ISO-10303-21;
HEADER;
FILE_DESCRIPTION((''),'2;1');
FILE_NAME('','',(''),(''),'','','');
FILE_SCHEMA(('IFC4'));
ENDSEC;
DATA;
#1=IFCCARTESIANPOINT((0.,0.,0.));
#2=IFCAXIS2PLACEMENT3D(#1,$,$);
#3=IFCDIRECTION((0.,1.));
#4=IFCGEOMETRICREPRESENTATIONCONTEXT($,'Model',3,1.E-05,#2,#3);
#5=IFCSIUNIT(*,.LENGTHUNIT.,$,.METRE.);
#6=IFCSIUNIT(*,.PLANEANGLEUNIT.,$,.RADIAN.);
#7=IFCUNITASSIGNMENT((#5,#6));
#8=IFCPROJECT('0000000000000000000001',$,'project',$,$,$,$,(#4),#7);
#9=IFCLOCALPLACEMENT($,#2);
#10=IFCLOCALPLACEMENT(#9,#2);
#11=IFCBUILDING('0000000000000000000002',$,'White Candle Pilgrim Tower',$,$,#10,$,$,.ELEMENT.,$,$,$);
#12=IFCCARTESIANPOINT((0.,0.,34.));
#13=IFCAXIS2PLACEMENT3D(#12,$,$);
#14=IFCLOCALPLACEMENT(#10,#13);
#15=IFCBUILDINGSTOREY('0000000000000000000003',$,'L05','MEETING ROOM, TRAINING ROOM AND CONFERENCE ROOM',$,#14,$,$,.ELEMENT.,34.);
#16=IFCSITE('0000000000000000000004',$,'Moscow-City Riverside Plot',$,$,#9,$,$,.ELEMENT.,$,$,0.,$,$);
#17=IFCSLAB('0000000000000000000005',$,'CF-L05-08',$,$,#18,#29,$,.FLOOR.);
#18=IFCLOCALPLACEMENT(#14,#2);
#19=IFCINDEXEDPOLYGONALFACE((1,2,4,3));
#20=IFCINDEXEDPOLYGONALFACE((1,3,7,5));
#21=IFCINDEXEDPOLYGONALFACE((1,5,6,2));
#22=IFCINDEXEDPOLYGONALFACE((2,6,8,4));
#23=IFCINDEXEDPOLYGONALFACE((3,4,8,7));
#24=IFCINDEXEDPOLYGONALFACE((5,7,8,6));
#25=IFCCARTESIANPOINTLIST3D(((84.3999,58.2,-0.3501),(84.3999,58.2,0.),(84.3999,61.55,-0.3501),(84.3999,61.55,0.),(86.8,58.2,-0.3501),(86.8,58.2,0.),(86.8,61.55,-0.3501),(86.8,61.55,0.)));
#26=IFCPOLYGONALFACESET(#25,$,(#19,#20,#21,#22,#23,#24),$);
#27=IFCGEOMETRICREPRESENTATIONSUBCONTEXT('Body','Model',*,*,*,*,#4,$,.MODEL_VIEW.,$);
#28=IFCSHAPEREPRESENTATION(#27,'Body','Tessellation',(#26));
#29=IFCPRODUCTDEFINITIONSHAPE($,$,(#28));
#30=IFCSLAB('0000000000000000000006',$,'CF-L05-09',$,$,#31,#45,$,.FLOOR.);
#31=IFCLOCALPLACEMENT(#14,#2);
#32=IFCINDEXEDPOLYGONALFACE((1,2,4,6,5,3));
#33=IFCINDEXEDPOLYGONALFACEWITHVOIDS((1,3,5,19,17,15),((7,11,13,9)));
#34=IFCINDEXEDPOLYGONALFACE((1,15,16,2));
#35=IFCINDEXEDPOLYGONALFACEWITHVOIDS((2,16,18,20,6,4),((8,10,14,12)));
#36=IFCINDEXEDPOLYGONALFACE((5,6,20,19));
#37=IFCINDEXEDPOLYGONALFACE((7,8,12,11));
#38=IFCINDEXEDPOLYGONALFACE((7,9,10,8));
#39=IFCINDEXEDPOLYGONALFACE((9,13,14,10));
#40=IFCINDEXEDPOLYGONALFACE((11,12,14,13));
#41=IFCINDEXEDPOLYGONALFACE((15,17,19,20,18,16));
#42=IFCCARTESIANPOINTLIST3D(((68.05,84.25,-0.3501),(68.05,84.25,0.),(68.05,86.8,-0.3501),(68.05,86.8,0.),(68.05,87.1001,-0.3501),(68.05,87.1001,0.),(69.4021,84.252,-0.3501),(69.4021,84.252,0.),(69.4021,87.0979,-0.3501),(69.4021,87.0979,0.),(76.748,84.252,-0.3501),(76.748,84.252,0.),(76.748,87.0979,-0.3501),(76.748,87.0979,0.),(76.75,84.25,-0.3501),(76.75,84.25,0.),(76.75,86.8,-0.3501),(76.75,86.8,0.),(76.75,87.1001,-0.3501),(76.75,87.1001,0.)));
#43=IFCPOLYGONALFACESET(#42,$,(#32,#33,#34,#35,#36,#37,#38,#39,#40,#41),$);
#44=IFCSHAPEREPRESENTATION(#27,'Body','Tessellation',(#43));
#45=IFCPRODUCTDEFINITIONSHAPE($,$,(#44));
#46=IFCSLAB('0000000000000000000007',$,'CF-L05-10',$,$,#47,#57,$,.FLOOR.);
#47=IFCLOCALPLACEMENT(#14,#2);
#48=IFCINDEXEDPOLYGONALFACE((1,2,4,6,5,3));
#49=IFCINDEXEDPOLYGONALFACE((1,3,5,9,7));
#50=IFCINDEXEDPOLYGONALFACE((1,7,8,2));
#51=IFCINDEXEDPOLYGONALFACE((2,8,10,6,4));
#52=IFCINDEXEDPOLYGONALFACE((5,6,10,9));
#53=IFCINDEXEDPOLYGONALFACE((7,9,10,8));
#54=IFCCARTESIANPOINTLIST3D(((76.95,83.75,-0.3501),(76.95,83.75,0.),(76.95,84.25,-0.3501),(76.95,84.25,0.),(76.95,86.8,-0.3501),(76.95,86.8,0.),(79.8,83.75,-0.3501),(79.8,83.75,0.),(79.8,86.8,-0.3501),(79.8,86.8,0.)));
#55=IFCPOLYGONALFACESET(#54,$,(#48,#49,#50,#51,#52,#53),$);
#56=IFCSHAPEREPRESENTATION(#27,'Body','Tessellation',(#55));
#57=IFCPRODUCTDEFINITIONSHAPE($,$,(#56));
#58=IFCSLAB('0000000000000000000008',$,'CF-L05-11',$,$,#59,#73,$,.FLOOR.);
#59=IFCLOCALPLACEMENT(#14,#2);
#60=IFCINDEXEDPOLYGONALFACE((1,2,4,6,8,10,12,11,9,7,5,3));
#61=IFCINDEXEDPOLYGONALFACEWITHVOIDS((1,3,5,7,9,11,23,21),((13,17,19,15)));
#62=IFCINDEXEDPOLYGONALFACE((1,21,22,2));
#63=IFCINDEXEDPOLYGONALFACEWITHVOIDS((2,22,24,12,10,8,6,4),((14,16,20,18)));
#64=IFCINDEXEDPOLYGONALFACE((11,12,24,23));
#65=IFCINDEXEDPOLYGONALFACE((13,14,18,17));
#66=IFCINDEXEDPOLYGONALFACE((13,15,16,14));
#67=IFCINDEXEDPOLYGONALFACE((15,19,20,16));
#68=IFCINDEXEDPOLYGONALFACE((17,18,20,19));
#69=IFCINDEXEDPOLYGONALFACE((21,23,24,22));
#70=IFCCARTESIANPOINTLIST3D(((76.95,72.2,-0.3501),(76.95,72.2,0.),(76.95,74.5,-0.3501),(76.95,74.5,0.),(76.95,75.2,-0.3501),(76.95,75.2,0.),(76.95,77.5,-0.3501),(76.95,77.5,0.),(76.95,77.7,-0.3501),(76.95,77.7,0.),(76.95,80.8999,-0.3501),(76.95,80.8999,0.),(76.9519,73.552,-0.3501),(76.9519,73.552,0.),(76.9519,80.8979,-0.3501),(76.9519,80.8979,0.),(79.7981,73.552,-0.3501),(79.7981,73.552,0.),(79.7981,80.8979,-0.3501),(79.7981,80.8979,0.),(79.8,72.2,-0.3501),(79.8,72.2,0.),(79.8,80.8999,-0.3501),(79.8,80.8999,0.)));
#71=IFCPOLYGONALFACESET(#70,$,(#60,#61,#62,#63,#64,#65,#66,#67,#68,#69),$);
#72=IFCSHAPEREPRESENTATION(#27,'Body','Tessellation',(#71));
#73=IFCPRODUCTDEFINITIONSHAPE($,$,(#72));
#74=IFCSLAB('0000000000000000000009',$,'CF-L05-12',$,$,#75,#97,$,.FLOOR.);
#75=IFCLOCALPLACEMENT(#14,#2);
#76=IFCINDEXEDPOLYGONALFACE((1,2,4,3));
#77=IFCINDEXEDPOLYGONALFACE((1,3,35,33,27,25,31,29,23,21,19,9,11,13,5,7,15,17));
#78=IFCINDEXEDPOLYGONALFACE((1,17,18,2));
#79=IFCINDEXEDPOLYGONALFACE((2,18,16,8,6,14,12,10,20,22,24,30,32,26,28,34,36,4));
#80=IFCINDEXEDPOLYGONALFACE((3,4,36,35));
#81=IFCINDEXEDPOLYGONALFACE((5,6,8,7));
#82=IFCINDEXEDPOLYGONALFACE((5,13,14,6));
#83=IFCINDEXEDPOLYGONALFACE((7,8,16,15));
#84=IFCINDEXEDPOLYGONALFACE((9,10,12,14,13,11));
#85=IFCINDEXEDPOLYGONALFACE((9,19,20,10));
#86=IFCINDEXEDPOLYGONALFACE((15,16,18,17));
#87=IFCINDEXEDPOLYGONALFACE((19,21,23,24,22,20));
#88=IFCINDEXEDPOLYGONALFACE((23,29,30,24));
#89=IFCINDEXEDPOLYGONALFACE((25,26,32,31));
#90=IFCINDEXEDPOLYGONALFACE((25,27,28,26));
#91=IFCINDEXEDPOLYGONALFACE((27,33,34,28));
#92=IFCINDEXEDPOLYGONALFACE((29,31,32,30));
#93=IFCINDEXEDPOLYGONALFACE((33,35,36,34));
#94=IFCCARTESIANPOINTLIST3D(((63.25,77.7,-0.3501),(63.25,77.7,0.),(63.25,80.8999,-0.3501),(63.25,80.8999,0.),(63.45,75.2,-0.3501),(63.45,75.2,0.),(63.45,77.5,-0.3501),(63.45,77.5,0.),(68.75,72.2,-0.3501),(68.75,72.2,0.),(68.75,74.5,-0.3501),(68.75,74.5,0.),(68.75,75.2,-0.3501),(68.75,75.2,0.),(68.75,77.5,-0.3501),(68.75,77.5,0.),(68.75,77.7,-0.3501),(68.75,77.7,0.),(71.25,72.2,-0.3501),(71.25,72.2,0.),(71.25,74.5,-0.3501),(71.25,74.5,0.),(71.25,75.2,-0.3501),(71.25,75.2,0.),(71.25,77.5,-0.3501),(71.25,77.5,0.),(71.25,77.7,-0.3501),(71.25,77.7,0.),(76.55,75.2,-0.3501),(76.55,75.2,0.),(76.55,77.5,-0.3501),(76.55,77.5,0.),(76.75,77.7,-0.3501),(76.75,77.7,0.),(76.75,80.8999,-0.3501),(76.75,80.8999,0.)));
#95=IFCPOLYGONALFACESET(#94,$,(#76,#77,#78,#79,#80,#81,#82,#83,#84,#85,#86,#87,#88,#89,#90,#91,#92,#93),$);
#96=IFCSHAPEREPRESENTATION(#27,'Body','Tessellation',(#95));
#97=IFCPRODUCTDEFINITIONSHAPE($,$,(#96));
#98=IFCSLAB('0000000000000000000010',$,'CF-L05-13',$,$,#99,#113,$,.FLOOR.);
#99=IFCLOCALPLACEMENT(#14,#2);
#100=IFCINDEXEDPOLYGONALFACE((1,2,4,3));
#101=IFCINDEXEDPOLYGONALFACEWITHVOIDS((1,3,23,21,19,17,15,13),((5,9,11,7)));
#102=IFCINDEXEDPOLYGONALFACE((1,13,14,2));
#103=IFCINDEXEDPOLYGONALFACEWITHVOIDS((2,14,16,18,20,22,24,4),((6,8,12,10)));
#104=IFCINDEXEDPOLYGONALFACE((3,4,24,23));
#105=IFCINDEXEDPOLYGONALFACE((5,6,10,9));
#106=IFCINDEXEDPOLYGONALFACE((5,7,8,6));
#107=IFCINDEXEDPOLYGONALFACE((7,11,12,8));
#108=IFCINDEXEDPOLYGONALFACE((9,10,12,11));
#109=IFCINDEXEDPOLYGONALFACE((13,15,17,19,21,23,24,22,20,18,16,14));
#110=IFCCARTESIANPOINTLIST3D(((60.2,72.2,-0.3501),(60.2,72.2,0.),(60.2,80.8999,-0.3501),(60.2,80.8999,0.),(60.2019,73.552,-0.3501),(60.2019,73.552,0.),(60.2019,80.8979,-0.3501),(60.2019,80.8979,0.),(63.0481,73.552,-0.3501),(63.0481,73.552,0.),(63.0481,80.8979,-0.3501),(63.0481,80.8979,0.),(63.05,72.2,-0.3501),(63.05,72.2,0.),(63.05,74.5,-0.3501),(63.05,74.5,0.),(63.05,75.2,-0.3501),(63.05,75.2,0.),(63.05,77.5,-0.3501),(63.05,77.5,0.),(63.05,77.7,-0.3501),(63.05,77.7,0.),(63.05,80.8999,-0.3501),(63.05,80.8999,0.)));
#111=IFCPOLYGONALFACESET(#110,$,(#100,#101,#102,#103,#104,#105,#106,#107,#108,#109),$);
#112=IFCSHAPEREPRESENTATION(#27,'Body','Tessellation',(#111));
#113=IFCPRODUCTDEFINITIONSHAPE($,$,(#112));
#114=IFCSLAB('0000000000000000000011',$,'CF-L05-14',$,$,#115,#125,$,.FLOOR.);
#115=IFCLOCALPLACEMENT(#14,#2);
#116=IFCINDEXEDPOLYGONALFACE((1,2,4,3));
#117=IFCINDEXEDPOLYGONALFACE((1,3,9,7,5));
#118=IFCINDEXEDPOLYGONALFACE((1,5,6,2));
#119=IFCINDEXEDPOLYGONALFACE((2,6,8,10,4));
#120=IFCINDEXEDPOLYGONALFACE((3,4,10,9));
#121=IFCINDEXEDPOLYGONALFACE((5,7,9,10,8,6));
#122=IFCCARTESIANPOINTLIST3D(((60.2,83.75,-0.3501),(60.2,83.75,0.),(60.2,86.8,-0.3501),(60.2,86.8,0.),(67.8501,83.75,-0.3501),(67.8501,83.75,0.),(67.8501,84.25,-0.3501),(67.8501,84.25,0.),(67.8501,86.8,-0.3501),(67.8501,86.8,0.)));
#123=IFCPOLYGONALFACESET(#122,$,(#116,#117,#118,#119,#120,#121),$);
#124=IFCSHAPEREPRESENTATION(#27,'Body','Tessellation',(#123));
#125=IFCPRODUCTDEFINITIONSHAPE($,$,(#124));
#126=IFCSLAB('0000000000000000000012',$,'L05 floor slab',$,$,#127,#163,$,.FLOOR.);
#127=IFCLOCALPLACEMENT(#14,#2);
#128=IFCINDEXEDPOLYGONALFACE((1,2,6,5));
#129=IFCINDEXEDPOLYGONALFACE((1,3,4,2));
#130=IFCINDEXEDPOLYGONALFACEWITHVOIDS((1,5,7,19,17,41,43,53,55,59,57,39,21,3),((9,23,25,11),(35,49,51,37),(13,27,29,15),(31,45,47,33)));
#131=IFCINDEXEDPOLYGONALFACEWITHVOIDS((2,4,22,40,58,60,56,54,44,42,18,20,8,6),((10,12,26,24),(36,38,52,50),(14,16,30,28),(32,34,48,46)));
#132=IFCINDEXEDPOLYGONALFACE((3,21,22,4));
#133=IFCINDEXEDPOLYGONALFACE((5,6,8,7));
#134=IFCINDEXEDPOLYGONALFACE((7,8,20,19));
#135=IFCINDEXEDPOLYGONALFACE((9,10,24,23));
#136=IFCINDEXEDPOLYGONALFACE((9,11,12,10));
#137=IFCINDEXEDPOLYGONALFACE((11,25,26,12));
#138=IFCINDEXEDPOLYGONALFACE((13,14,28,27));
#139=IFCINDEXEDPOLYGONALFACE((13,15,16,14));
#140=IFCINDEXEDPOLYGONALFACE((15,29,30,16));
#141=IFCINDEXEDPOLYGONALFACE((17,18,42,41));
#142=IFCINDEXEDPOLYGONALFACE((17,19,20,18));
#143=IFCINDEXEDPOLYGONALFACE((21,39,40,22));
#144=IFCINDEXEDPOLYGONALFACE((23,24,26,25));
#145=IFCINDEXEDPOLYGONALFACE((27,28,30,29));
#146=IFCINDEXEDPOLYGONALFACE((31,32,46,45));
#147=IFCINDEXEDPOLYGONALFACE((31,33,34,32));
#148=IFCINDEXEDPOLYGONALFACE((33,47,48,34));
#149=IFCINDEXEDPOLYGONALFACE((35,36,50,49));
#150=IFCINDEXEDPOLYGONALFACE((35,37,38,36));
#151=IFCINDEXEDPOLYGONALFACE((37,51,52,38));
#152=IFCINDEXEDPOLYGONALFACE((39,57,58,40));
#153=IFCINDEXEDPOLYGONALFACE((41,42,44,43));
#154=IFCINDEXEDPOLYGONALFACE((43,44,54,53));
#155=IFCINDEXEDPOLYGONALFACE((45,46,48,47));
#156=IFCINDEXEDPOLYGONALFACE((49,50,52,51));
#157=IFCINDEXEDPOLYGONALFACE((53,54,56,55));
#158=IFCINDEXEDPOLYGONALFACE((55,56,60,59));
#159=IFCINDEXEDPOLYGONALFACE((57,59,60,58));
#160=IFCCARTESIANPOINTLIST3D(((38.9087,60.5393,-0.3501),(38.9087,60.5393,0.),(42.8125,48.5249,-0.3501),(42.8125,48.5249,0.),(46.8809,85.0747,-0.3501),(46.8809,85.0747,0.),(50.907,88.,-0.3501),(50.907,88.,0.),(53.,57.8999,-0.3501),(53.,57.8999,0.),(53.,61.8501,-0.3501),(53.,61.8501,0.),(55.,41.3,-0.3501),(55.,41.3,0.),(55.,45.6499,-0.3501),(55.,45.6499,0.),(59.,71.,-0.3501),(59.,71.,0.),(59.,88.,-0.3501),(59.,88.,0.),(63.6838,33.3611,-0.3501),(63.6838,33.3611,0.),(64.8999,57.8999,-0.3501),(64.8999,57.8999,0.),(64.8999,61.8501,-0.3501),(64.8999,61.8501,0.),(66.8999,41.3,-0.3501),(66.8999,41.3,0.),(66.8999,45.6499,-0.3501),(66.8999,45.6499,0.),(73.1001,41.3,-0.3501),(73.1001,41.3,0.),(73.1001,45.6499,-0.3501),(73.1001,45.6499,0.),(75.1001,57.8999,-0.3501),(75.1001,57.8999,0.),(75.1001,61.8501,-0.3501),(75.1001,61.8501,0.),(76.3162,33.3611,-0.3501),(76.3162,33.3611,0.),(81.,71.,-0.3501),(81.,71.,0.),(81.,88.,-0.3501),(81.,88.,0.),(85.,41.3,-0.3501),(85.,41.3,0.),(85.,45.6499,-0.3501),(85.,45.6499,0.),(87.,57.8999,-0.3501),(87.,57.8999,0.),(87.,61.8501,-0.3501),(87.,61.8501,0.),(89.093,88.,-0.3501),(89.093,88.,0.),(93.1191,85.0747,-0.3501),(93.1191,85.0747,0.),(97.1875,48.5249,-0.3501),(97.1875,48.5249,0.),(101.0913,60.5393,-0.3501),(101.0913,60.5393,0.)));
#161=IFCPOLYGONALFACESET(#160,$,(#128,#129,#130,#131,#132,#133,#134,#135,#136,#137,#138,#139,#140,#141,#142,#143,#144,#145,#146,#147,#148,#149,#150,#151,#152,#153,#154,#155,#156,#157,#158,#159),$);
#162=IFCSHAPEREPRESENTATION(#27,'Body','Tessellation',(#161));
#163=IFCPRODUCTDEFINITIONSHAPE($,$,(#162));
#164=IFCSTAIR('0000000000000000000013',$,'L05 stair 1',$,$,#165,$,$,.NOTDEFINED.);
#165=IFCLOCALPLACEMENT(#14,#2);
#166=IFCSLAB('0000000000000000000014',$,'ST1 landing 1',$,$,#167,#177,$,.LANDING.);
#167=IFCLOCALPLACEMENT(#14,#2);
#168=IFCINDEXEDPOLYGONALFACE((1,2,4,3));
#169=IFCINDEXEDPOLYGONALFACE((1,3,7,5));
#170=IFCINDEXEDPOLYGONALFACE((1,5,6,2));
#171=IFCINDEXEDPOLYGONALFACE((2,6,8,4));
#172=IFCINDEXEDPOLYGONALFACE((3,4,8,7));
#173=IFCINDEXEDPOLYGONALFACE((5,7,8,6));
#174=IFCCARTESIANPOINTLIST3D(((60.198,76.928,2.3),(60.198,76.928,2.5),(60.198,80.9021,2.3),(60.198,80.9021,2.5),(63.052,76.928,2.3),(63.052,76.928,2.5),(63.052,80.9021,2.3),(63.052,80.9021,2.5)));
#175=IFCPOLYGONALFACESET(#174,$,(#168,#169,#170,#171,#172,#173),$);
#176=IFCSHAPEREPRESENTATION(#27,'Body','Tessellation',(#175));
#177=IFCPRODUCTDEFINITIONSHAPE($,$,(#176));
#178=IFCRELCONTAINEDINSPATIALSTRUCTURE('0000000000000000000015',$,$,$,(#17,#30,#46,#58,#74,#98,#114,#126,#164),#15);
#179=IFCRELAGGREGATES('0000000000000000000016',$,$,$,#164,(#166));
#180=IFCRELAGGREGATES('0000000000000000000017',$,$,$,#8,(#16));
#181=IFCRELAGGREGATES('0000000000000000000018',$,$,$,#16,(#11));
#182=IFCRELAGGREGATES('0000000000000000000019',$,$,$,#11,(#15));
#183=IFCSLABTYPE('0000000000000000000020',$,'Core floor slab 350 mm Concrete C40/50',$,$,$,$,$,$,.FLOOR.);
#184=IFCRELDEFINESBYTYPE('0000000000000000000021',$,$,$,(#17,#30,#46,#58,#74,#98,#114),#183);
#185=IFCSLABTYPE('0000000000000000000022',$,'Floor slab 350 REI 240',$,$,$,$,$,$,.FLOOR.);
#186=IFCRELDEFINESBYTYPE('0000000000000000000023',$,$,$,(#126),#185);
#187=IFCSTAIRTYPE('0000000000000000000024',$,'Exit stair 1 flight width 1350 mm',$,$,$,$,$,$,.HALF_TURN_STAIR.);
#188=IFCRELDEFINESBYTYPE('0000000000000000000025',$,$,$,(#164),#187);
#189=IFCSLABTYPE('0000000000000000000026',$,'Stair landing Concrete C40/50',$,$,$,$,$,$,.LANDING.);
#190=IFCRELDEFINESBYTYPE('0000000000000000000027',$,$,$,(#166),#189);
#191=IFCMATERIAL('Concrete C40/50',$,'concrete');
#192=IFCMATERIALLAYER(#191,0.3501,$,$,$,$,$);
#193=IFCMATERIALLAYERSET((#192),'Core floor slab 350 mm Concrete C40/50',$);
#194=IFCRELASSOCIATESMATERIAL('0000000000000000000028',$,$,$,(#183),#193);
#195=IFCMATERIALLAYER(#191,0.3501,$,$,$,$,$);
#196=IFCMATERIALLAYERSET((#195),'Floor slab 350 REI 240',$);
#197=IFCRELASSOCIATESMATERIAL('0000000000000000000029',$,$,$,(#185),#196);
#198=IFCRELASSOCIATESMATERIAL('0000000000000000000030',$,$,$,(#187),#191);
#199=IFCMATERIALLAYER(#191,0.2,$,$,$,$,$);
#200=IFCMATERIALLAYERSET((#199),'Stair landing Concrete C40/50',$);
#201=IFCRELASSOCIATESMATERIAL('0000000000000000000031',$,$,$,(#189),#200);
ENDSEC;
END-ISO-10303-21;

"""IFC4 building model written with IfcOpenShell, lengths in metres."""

from ifc_helpers import new_model, si_unit, direction, frame, origin, place, context, subcontext, project, spatial, polyline, outline, extrude, material, layer, layer_set, type_object, element, aggregate, save


model = new_model("IFC4")

# Units and contexts
model_context = context("Model", 3, precision=1e-05, world=origin(), true_north=direction((0.0, 1.0)))
body_context = subcontext(model_context, "Body", "Model", "MODEL_VIEW")
ifc_project = project(units=[si_unit("LENGTHUNIT", "METRE"), si_unit("PLANEANGLEUNIT", "RADIAN")], contexts=[model_context])

# Site, building, storey
site_placement = place(None, origin())
site = spatial("IfcSite", under=ifc_project, at=site_placement, Name="Moscow-City Riverside Plot", CompositionType="ELEMENT", RefElevation=0.0)
building_placement = place(site_placement, origin())
building = spatial("IfcBuilding", under=site, at=building_placement, Name="White Candle Pilgrim Tower", CompositionType="ELEMENT")
storey_placement = place(building_placement, frame((0.0, 0.0, 34.0)))
storey = spatial("IfcBuildingStorey", under=building, at=storey_placement, Name="L05", Description="MEETING ROOM, TRAINING ROOM AND CONFERENCE ROOM", CompositionType="ELEMENT", Elevation=34.0)

# Slabs
ifc_material_1 = material(Name="Concrete C40/50", Category="concrete")
ifc_layer_1 = layer(ifc_material_1, 0.3501)
ifc_layer_set_1 = layer_set([ifc_layer_1], Name="Core floor slab 350 mm Concrete C40/50")
slab_type_1 = type_object("IfcSlabType", Name="Core floor slab 350 mm Concrete C40/50", PredefinedType="FLOOR", material=ifc_layer_set_1)
slab_1_placement = place(storey_placement, frame((0.0, 0.0, -0.3501)))
element("IfcSlab", 1, at=slab_1_placement, inside=storey, type_object=slab_type_1, Name="CF-L05-08", PredefinedType="FLOOR", context=body_context, shape_type="SweptSolid", body=[
    extrude(outline(polyline([(84.3999, 58.2), (84.3999, 61.55), (86.8, 61.55), (86.8, 58.2), (84.3999, 58.2)])), origin(), (0.0, 0.0, 1.0), 0.3501),
])
slab_2_placement = place(storey_placement, frame((0.0, 0.0, -0.3501)))
element("IfcSlab", 2, at=slab_2_placement, inside=storey, type_object=slab_type_1, Name="CF-L05-09", PredefinedType="FLOOR", context=body_context, shape_type="SweptSolid", body=[
    extrude(outline(polyline([(76.75, 86.8), (76.75, 84.25), (68.05, 84.25), (68.05, 86.8), (68.05, 87.1001), (76.75, 87.1001), (76.75, 86.8)]), holes=[polyline([(69.4021, 87.0979), (69.4021, 84.252), (76.748, 84.252), (76.748, 87.0979), (69.4021, 87.0979)])]), origin(), (0.0, 0.0, 1.0), 0.3501),
])
slab_3_placement = place(storey_placement, frame((0.0, 0.0, -0.3501)))
element("IfcSlab", 3, at=slab_3_placement, inside=storey, type_object=slab_type_1, Name="CF-L05-10", PredefinedType="FLOOR", context=body_context, shape_type="SweptSolid", body=[
    extrude(outline(polyline([(79.8, 86.8), (79.8, 83.75), (76.95, 83.75), (76.95, 84.25), (76.95, 86.8), (79.8, 86.8)])), origin(), (0.0, 0.0, 1.0), 0.3501),
])
slab_4_placement = place(storey_placement, frame((0.0, 0.0, -0.3501)))
element("IfcSlab", 4, at=slab_4_placement, inside=storey, type_object=slab_type_1, Name="CF-L05-11", PredefinedType="FLOOR", context=body_context, shape_type="SweptSolid", body=[
    extrude(outline(polyline([(79.8, 72.2), (76.95, 72.2), (76.95, 74.5), (76.95, 75.2), (76.95, 77.5), (76.95, 77.7), (76.95, 80.8999), (79.8, 80.8999), (79.8, 72.2)]), holes=[polyline([(76.9519, 73.552), (79.7981, 73.552), (79.7981, 80.8979), (76.9519, 80.8979), (76.9519, 73.552)])]), origin(), (0.0, 0.0, 1.0), 0.3501),
])
slab_5_placement = place(storey_placement, frame((0.0, 0.0, -0.3501)))
element("IfcSlab", 5, at=slab_5_placement, inside=storey, type_object=slab_type_1, Name="CF-L05-12", PredefinedType="FLOOR", context=body_context, shape_type="SweptSolid", body=[
    extrude(outline(polyline([(68.75, 72.2), (68.75, 74.5), (68.75, 75.2), (63.45, 75.2), (63.45, 77.5), (68.75, 77.5), (68.75, 77.7), (63.25, 77.7), (63.25, 80.8999), (76.75, 80.8999), (76.75, 77.7), (71.25, 77.7), (71.25, 77.5), (76.55, 77.5), (76.55, 75.2), (71.25, 75.2), (71.25, 74.5), (71.25, 72.2), (68.75, 72.2)])), origin(), (0.0, 0.0, 1.0), 0.3501),
])
slab_6_placement = place(storey_placement, frame((0.0, 0.0, -0.3501)))
element("IfcSlab", 6, at=slab_6_placement, inside=storey, type_object=slab_type_1, Name="CF-L05-13", PredefinedType="FLOOR", context=body_context, shape_type="SweptSolid", body=[
    extrude(outline(polyline([(60.2, 72.2), (60.2, 80.8999), (63.05, 80.8999), (63.05, 77.7), (63.05, 77.5), (63.05, 75.2), (63.05, 74.5), (63.05, 72.2), (60.2, 72.2)]), holes=[polyline([(60.2019, 80.8979), (60.2019, 73.552), (63.0481, 73.552), (63.0481, 80.8979), (60.2019, 80.8979)])]), origin(), (0.0, 0.0, 1.0), 0.3501),
])
slab_7_placement = place(storey_placement, frame((0.0, 0.0, -0.3501)))
element("IfcSlab", 7, at=slab_7_placement, inside=storey, type_object=slab_type_1, Name="CF-L05-14", PredefinedType="FLOOR", context=body_context, shape_type="SweptSolid", body=[
    extrude(outline(polyline([(60.2, 86.8), (67.8501, 86.8), (67.8501, 84.25), (67.8501, 83.75), (60.2, 83.75), (60.2, 86.8)])), origin(), (0.0, 0.0, 1.0), 0.3501),
])
ifc_layer_2 = layer(ifc_material_1, 0.3501)
ifc_layer_set_2 = layer_set([ifc_layer_2], Name="Floor slab 350 REI 240")
slab_type_2 = type_object("IfcSlabType", Name="Floor slab 350 REI 240", PredefinedType="FLOOR", material=ifc_layer_set_2)
slab_8_placement = place(storey_placement, frame((0.0, 0.0, -0.3501)))
element("IfcSlab", 8, at=slab_8_placement, inside=storey, type_object=slab_type_2, Name="L05 floor slab", PredefinedType="FLOOR", context=body_context, shape_type="SweptSolid", body=[
    extrude(outline(polyline([(63.6838, 33.3611), (76.3162, 33.3611), (97.1875, 48.5249), (101.0913, 60.5393), (93.1191, 85.0747), (89.093, 88.0), (81.0, 88.0), (81.0, 71.0), (59.0, 71.0), (59.0, 88.0), (50.907, 88.0), (46.8809, 85.0747), (38.9087, 60.5393), (42.8125, 48.5249), (63.6838, 33.3611)]), holes=[polyline([(55.0, 41.3), (55.0, 45.6499), (66.8999, 45.6499), (66.8999, 41.3), (55.0, 41.3)]), polyline([(73.1001, 41.3), (73.1001, 45.6499), (85.0, 45.6499), (85.0, 41.3), (73.1001, 41.3)]), polyline([(53.0, 57.8999), (53.0, 61.8501), (64.8999, 61.8501), (64.8999, 57.8999), (53.0, 57.8999)]), polyline([(75.1001, 57.8999), (75.1001, 61.8501), (87.0, 61.8501), (87.0, 57.8999), (75.1001, 57.8999)])]), origin(), (0.0, 0.0, 1.0), 0.3501),
])

# Stair, slab
stair_type_1 = type_object("IfcStairType", Name="Exit stair 1 flight width 1350 mm", PredefinedType="HALF_TURN_STAIR", material=ifc_material_1)
stair_1_placement = place(storey_placement, origin())
stair_1 = element("IfcStair", 9, at=stair_1_placement, inside=storey, type_object=stair_type_1, Name="L05 stair 1", PredefinedType="NOTDEFINED")
ifc_layer_3 = layer(ifc_material_1, 0.2)
ifc_layer_set_3 = layer_set([ifc_layer_3], Name="Stair landing Concrete C40/50")
slab_type_3 = type_object("IfcSlabType", Name="Stair landing Concrete C40/50", PredefinedType="LANDING", material=ifc_layer_set_3)
slab_9_placement = place(storey_placement, frame((0.0, 0.0, 2.3)))
slab_9 = element("IfcSlab", 10, at=slab_9_placement, type_object=slab_type_3, Name="ST1 landing 1", PredefinedType="LANDING", context=body_context, shape_type="SweptSolid", body=[
    extrude(outline(polyline([(63.052, 76.928), (60.198, 76.928), (60.198, 80.9021), (63.052, 80.9021), (63.052, 76.928)])), origin(), (0.0, 0.0, 1.0), 0.2),
])
aggregate(stair_1, [slab_9])

save(model, "model.ifc")
